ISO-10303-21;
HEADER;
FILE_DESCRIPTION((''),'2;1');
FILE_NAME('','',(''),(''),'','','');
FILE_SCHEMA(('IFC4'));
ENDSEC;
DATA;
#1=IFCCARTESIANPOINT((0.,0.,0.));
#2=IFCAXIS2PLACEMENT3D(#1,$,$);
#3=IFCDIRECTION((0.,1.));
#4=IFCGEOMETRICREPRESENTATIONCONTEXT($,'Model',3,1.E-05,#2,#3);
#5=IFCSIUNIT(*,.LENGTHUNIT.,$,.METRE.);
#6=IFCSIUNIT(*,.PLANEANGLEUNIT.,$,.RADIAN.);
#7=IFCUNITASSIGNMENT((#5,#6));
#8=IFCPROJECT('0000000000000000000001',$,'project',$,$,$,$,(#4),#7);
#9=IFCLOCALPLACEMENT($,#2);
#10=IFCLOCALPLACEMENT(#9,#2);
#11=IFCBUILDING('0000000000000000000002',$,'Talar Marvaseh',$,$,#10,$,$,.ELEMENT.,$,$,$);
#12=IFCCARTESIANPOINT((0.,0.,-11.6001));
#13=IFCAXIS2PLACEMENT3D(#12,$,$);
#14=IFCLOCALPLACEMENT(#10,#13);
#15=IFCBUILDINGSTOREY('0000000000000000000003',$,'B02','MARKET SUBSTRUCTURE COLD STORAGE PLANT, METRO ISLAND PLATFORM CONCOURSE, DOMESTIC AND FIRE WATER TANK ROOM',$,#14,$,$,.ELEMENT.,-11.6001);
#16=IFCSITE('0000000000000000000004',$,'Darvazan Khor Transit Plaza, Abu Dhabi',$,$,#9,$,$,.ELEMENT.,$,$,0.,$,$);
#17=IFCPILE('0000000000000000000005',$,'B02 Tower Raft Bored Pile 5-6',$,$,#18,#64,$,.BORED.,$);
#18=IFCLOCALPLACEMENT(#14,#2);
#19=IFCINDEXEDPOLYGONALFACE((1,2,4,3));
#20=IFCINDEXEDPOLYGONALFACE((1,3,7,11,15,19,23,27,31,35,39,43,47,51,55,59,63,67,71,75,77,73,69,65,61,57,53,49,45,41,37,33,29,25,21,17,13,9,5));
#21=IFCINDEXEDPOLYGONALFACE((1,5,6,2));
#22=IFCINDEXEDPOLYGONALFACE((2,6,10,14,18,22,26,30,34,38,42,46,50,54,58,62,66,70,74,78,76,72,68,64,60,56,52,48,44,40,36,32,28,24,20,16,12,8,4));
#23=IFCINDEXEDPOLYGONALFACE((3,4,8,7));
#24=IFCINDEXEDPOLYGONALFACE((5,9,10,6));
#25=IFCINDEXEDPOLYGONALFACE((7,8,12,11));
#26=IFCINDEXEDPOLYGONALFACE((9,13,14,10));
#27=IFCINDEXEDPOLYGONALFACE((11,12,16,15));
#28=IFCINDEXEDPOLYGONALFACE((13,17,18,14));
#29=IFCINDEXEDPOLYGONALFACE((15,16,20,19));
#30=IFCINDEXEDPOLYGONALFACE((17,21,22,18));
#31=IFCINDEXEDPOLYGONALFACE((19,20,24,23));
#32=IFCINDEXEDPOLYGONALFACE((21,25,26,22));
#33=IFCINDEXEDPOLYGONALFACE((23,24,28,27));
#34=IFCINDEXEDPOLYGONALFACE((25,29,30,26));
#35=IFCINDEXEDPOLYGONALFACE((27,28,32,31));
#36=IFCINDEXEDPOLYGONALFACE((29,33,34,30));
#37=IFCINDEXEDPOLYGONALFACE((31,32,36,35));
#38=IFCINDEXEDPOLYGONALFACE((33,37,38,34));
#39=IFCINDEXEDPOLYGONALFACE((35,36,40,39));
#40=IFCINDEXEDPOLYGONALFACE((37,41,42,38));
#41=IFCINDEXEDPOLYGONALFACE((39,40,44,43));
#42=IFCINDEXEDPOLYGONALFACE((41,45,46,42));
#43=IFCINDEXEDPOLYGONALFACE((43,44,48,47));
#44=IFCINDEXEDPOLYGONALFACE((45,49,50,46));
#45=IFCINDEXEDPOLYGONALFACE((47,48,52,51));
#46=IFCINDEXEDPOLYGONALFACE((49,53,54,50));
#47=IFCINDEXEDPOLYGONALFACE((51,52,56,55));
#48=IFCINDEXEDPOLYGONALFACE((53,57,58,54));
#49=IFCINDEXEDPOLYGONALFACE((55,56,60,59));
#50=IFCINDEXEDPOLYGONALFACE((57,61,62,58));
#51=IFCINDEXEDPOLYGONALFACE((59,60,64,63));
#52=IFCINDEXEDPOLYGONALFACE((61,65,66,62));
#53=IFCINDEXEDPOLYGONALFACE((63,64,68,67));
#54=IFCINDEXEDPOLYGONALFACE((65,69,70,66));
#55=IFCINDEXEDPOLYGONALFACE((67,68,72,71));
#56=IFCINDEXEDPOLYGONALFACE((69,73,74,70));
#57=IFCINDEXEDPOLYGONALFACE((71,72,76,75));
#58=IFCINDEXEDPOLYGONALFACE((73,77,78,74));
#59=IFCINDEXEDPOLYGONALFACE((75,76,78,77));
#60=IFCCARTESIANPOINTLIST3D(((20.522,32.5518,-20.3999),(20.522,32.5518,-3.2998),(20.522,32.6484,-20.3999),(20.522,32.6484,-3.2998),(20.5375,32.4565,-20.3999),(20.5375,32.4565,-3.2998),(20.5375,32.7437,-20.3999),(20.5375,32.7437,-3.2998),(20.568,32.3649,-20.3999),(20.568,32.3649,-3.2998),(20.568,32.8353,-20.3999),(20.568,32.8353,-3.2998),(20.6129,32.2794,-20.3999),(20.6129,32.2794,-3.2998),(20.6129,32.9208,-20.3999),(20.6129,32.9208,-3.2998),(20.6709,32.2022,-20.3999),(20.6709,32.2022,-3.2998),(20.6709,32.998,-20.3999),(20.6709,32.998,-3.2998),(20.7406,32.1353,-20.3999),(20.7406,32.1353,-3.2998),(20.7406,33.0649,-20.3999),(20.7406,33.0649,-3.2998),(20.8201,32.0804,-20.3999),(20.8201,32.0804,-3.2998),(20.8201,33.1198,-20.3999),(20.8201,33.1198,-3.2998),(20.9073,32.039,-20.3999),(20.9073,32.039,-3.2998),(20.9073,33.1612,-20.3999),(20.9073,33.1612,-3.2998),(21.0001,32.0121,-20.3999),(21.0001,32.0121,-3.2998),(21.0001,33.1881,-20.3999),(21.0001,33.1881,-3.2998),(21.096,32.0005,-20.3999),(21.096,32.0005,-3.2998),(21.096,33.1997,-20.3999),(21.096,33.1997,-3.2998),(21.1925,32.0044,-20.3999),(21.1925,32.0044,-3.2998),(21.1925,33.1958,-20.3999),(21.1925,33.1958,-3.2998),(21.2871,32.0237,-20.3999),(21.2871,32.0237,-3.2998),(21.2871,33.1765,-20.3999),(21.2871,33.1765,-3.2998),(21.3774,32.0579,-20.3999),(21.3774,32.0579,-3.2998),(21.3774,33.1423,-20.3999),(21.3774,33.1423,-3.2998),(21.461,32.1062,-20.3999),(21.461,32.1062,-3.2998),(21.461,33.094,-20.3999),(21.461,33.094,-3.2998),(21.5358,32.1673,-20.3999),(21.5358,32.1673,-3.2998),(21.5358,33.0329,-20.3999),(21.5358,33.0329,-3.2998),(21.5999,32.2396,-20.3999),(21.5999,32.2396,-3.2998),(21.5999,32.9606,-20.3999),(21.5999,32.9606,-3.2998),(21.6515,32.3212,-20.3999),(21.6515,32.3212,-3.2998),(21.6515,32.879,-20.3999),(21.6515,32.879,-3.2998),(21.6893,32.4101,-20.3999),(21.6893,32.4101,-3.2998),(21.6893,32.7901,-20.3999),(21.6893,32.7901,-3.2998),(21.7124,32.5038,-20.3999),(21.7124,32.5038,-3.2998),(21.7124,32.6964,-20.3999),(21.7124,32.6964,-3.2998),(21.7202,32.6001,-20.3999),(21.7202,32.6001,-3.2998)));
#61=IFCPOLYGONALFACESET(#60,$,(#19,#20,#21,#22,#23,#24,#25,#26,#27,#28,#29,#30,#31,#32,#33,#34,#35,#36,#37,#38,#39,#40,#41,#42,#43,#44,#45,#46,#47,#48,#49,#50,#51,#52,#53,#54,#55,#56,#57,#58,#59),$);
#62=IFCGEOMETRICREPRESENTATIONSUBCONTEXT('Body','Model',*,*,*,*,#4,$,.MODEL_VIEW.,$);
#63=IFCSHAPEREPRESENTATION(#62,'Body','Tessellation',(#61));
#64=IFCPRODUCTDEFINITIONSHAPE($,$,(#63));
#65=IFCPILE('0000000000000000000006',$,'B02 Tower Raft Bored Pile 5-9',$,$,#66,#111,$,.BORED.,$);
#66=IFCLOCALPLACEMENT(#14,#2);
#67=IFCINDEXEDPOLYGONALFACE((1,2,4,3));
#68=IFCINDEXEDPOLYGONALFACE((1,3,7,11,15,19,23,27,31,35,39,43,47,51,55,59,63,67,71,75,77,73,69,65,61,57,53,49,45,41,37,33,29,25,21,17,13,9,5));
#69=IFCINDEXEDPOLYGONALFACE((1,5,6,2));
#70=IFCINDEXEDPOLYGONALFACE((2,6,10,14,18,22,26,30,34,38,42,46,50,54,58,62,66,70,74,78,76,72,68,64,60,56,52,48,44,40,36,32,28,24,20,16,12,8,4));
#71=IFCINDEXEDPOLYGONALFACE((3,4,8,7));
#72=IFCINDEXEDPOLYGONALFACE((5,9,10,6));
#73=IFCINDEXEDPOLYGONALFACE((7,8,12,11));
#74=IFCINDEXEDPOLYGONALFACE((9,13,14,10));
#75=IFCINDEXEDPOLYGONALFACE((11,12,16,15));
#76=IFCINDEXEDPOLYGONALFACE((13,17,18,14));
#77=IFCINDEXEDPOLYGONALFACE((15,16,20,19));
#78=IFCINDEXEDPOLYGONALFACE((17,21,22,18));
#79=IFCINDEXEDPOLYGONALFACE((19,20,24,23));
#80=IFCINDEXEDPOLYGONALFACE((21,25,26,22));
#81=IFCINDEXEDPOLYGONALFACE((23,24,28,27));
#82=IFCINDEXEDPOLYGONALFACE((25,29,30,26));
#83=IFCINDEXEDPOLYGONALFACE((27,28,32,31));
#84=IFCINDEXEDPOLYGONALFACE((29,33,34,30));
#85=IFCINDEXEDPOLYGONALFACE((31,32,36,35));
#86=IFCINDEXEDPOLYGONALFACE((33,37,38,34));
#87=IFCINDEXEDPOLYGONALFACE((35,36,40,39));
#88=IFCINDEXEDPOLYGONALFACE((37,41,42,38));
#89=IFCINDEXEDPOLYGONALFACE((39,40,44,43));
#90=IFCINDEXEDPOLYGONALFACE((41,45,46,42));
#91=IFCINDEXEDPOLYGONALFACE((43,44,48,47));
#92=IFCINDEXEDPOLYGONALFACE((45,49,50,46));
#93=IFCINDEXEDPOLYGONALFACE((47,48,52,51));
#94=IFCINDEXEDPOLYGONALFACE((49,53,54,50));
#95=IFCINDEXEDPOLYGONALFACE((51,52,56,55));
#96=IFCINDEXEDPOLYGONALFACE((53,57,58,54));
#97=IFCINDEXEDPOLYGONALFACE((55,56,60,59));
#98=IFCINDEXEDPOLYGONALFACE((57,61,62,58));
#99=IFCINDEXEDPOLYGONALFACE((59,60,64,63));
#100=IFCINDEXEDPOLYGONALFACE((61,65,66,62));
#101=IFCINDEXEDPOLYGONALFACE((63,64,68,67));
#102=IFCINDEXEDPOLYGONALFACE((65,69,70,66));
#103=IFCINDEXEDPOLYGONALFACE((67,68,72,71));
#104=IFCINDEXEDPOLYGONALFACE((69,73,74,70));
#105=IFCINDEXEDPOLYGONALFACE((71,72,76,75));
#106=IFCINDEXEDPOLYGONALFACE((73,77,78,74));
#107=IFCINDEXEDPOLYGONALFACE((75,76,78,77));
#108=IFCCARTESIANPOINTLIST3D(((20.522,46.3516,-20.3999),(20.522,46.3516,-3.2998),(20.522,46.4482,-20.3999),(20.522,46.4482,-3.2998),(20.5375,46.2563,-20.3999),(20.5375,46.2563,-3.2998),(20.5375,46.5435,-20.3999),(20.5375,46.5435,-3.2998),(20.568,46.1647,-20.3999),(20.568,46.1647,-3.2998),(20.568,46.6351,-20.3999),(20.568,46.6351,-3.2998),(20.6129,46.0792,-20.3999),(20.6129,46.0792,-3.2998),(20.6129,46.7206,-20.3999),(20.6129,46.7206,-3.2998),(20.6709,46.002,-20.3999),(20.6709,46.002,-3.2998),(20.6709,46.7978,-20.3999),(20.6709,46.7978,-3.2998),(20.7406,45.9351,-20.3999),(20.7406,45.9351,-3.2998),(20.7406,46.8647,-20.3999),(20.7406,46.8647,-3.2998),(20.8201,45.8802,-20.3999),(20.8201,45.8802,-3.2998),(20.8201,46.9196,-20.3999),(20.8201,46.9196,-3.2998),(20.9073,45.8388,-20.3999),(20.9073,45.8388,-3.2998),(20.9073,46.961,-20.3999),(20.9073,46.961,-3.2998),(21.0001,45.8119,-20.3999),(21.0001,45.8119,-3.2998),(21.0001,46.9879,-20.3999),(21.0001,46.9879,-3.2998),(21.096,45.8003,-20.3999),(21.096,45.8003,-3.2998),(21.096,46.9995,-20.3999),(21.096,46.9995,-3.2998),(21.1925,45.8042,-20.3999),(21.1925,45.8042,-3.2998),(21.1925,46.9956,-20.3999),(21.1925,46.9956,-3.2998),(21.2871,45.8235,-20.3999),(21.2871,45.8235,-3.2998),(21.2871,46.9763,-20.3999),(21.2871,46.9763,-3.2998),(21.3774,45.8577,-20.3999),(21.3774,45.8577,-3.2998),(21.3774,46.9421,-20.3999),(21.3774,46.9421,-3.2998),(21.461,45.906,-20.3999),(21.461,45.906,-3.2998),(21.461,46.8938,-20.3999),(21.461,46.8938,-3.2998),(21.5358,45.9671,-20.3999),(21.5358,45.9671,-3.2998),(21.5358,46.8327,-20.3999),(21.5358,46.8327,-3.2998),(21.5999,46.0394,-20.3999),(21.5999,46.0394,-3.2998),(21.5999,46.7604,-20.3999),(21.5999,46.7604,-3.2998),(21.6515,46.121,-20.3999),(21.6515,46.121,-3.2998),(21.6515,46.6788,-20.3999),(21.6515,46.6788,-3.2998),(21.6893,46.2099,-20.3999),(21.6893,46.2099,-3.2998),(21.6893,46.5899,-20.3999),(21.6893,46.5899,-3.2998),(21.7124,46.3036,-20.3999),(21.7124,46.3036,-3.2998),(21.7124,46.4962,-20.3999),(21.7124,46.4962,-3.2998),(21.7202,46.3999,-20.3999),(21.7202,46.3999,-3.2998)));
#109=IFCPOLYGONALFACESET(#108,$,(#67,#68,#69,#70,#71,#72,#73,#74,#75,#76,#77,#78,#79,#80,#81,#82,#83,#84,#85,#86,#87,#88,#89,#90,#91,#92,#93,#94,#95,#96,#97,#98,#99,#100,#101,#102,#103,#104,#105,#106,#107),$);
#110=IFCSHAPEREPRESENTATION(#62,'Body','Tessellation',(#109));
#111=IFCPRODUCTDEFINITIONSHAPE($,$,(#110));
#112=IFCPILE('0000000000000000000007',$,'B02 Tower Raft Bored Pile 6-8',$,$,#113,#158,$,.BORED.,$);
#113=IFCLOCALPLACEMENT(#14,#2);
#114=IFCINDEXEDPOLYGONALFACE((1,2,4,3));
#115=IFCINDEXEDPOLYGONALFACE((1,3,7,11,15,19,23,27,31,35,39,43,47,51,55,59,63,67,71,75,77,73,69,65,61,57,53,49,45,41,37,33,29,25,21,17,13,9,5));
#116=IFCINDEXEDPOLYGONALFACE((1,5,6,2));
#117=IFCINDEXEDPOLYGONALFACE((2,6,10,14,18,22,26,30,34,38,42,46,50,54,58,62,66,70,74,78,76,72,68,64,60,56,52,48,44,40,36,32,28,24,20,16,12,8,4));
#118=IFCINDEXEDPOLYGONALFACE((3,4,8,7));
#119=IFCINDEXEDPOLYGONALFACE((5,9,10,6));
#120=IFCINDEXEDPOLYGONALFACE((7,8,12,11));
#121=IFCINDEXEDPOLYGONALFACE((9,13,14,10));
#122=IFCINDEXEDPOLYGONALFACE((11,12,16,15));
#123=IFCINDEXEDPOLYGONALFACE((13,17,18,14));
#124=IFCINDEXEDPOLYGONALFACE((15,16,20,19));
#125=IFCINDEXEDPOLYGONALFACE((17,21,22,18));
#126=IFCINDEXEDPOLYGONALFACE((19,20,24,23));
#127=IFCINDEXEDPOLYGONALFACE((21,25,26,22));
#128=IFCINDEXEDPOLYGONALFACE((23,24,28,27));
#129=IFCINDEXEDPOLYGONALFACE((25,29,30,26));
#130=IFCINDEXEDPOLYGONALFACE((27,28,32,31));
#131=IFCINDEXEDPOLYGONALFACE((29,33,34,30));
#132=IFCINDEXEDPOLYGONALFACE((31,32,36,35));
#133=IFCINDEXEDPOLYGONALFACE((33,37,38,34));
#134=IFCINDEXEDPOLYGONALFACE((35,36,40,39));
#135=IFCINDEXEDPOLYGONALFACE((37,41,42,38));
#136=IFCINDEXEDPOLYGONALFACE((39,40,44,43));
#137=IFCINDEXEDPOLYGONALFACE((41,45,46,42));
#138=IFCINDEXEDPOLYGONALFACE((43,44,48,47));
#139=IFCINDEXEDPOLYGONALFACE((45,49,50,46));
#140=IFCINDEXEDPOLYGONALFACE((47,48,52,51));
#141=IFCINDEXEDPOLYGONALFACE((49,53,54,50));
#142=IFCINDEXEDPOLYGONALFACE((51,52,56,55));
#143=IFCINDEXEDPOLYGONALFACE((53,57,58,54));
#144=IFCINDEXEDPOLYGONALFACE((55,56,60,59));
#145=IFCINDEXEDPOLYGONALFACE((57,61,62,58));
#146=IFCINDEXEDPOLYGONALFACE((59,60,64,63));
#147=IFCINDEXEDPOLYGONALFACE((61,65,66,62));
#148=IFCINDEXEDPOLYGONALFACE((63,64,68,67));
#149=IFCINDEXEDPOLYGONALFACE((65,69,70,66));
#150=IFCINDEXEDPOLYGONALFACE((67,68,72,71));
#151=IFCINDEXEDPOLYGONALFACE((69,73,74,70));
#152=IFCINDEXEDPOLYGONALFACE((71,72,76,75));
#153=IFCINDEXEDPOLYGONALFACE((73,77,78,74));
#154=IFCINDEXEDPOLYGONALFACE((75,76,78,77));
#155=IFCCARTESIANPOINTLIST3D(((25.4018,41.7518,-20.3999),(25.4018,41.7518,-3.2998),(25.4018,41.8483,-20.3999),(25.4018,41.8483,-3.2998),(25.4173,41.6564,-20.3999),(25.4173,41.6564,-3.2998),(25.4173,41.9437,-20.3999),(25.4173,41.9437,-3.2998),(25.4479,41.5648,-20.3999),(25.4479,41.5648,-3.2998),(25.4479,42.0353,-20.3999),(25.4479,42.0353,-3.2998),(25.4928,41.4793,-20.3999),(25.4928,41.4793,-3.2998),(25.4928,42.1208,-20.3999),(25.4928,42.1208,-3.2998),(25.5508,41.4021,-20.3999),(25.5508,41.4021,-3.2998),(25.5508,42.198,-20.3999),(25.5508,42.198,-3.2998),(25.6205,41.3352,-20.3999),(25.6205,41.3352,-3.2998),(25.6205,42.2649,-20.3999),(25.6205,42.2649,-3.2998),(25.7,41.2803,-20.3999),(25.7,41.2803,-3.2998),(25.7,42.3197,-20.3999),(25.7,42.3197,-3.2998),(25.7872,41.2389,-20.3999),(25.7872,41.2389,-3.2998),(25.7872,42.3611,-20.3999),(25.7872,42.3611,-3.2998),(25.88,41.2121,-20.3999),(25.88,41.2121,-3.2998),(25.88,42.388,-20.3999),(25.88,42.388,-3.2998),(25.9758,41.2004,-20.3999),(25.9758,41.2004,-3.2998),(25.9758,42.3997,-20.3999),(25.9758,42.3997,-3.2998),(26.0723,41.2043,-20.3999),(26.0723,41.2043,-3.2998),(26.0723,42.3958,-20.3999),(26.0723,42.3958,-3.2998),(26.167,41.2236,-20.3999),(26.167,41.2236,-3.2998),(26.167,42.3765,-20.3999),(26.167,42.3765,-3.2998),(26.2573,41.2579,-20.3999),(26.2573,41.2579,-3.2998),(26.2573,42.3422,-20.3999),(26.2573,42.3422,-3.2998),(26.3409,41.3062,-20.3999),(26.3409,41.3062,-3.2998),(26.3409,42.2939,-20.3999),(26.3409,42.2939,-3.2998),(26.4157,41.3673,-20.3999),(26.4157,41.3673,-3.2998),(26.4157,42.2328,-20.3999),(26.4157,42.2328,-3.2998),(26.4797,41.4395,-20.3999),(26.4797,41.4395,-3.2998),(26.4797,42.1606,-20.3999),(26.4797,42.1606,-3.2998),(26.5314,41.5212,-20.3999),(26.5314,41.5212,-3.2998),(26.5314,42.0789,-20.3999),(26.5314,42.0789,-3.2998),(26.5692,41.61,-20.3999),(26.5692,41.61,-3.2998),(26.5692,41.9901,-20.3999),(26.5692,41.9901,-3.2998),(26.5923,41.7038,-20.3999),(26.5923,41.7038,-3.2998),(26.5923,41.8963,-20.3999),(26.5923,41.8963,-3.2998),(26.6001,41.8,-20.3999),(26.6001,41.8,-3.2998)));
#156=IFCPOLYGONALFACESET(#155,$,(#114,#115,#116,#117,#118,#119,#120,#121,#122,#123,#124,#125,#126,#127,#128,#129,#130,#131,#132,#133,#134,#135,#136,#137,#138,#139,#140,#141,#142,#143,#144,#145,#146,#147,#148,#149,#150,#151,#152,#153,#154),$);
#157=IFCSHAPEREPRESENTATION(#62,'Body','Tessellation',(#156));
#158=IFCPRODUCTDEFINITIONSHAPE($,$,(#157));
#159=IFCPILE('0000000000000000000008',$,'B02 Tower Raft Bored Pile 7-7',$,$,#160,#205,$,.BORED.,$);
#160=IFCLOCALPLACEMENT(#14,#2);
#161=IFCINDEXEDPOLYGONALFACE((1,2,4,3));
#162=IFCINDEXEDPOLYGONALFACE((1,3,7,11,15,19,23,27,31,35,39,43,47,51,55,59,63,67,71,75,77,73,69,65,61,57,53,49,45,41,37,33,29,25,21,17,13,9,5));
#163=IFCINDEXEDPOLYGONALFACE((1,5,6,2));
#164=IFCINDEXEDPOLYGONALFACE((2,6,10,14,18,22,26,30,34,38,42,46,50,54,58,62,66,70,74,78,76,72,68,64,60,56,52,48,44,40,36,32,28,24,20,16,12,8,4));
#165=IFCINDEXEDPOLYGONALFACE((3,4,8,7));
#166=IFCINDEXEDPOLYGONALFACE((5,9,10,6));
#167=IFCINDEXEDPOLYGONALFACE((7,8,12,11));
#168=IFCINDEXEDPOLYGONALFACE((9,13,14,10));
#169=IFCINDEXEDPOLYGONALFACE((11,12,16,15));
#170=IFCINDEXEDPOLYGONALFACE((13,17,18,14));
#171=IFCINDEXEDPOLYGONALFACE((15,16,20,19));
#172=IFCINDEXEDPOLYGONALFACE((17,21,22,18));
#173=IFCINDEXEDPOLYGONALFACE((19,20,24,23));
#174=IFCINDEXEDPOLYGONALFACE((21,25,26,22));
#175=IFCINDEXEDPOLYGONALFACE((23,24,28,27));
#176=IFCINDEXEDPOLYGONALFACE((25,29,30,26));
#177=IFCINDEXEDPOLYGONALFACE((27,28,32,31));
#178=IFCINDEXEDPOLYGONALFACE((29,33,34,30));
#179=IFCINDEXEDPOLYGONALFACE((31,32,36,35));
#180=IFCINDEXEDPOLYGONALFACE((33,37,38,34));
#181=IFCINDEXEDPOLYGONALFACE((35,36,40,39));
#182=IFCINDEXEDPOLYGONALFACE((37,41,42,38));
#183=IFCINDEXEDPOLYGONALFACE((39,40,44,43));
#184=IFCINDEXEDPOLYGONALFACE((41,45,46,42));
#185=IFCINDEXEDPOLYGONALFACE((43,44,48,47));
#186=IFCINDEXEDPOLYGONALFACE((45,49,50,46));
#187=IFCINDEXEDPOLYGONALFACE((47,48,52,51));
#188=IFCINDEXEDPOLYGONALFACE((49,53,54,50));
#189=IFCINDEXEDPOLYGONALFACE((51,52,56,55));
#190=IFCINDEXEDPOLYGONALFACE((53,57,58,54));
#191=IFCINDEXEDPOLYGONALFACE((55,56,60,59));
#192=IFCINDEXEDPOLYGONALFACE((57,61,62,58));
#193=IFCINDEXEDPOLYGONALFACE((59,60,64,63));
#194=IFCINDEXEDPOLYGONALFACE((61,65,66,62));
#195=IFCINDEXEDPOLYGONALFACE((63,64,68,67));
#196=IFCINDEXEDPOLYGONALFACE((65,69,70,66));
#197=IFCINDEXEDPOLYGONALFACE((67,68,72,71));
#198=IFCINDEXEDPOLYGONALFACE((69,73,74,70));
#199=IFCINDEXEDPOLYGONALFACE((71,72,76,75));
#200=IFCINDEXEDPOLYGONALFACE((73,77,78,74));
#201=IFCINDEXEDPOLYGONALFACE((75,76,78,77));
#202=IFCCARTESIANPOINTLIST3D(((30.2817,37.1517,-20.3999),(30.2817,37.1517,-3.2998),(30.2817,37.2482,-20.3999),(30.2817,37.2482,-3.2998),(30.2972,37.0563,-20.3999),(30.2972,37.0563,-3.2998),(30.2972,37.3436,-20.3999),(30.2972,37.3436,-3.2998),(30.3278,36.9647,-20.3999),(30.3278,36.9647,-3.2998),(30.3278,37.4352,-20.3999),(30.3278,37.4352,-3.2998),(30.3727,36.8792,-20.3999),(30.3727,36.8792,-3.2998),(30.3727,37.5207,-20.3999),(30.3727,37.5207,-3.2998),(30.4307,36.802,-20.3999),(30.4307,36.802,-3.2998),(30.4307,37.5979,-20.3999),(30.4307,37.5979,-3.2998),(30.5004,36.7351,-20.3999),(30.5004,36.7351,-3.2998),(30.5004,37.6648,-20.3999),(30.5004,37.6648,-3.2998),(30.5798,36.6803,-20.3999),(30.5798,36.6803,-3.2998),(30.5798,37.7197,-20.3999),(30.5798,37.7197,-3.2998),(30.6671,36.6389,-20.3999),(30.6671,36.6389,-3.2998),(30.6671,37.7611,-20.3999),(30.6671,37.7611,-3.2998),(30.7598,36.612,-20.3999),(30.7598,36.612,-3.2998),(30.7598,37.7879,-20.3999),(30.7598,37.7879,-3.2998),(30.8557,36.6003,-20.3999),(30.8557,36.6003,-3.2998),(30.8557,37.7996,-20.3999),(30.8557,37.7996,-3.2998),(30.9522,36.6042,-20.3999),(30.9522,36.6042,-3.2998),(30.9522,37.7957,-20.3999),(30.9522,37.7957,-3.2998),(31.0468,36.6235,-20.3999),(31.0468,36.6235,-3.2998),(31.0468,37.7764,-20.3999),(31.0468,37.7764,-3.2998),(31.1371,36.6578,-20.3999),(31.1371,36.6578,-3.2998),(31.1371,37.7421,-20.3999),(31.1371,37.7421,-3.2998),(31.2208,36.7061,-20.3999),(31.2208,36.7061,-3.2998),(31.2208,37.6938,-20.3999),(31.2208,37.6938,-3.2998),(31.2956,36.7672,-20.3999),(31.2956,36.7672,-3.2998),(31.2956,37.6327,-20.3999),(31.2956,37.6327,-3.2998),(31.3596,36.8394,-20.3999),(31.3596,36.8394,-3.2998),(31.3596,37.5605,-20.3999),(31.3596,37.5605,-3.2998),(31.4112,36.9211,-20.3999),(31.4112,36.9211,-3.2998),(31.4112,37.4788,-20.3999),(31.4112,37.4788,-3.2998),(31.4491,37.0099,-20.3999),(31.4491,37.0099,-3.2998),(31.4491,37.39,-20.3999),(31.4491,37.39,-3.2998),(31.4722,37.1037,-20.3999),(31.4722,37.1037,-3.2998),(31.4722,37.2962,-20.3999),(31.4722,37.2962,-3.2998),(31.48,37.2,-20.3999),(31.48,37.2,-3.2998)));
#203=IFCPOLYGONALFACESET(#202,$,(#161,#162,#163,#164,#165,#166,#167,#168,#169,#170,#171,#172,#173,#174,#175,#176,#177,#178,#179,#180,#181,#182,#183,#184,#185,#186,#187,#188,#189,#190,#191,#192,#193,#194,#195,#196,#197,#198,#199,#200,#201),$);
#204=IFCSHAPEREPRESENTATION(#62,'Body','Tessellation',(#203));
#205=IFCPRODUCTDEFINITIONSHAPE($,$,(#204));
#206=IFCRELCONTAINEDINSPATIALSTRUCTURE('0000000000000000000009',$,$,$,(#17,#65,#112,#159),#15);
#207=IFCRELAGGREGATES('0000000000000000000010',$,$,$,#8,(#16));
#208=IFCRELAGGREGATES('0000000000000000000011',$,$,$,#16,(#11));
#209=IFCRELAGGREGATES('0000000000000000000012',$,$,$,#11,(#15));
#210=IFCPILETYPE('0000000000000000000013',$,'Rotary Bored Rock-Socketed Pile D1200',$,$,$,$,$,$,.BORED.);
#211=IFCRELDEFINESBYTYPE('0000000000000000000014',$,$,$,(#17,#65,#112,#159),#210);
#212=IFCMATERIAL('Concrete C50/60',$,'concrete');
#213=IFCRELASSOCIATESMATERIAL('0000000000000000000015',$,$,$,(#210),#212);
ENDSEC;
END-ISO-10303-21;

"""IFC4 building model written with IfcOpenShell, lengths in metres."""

from ifc_helpers import new_model, si_unit, direction, frame, origin, origin_2d, place, context, subcontext, project, spatial, circle, extrude, source, transform, mapped, material, material_profile, profile_set, type_object, type_shapes, element, save


model = new_model("IFC4")

# Units and contexts
model_context = context("Model", 3, precision=1e-05, world=origin(), true_north=direction((0.0, 1.0)))
body_context = subcontext(model_context, "Body", "Model", "MODEL_VIEW")
ifc_project = project(units=[si_unit("LENGTHUNIT", "METRE"), si_unit("PLANEANGLEUNIT", "RADIAN")], contexts=[model_context])

# Site, building, storey
site_placement = place(None, origin())
site = spatial("IfcSite", under=ifc_project, at=site_placement, Name="Darvazan Khor Transit Plaza, Abu Dhabi", CompositionType="ELEMENT", RefElevation=0.0)
building_placement = place(site_placement, origin())
building = spatial("IfcBuilding", under=site, at=building_placement, Name="Talar Marvaseh", CompositionType="ELEMENT")
storey_placement = place(building_placement, frame((0.0, 0.0, -11.6001)))
storey = spatial("IfcBuildingStorey", under=building, at=storey_placement, Name="B02", Description="MARKET SUBSTRUCTURE COLD STORAGE PLANT, METRO ISLAND PLATFORM CONCOURSE, DOMESTIC AND FIRE WATER TANK ROOM", CompositionType="ELEMENT", Elevation=-11.6001)

# Piles
ifc_material_1 = material(Name="Concrete C50/60", Category="concrete")
ifc_material_profile_1 = material_profile(ifc_material_1, circle(Radius=0.6001, at=origin_2d()), Name="PILE-D1200")
ifc_profile_set_1 = profile_set([ifc_material_profile_1], Name="Concrete C50/60")
pile_type_1 = type_object("IfcPileType", Name="Rotary Bored Rock-Socketed Pile D1200", PredefinedType="BORED", material=ifc_profile_set_1)
shared_shape_1 = source(origin(), body_context, "Body", "SweptSolid", [
    extrude(circle(Radius=0.6001, at=origin_2d()), origin(), (0.0, 0.0, 1.0), 17.1001),
])
type_shapes(pile_type_1, [shared_shape_1])
for number, where, z_axis, x_axis, name in (
    (1, (21.1201, 32.6001, -3.2998), (0.0, 0.0, -1.0), (1.0, 0.0, 0.0), "B02 Tower Raft Bored Pile 5-6"),
    (2, (21.1201, 46.3999, -3.2998), (0.0, 0.0, -1.0), (1.0, 0.0, 0.0), "B02 Tower Raft Bored Pile 5-9"),
    (3, (26.0, 41.8, -3.2998), (0.0, 0.0, -1.0), (1.0, 0.0, 0.0), "B02 Tower Raft Bored Pile 6-8"),
    (4, (30.8799, 37.2, -3.2998), (0.0, 0.0, -1.0), (1.0, 0.0, 0.0), "B02 Tower Raft Bored Pile 7-7"),
):
    element("IfcPile", number, at=place(storey_placement, frame(where, z_axis=z_axis, x_axis=x_axis)), inside=storey, type_object=pile_type_1, Name=name, PredefinedType="BORED", context=body_context, shape_type="MappedRepresentation", body=[
        mapped(shared_shape_1, transform((0.0, 0.0, 0.0), x_axis=(1.0, 0.0, 0.0), y_axis=(0.0, 1.0, 0.0), z_axis=(0.0, 0.0, 1.0), scale=1.0)),
    ])

save(model, "model.ifc")
